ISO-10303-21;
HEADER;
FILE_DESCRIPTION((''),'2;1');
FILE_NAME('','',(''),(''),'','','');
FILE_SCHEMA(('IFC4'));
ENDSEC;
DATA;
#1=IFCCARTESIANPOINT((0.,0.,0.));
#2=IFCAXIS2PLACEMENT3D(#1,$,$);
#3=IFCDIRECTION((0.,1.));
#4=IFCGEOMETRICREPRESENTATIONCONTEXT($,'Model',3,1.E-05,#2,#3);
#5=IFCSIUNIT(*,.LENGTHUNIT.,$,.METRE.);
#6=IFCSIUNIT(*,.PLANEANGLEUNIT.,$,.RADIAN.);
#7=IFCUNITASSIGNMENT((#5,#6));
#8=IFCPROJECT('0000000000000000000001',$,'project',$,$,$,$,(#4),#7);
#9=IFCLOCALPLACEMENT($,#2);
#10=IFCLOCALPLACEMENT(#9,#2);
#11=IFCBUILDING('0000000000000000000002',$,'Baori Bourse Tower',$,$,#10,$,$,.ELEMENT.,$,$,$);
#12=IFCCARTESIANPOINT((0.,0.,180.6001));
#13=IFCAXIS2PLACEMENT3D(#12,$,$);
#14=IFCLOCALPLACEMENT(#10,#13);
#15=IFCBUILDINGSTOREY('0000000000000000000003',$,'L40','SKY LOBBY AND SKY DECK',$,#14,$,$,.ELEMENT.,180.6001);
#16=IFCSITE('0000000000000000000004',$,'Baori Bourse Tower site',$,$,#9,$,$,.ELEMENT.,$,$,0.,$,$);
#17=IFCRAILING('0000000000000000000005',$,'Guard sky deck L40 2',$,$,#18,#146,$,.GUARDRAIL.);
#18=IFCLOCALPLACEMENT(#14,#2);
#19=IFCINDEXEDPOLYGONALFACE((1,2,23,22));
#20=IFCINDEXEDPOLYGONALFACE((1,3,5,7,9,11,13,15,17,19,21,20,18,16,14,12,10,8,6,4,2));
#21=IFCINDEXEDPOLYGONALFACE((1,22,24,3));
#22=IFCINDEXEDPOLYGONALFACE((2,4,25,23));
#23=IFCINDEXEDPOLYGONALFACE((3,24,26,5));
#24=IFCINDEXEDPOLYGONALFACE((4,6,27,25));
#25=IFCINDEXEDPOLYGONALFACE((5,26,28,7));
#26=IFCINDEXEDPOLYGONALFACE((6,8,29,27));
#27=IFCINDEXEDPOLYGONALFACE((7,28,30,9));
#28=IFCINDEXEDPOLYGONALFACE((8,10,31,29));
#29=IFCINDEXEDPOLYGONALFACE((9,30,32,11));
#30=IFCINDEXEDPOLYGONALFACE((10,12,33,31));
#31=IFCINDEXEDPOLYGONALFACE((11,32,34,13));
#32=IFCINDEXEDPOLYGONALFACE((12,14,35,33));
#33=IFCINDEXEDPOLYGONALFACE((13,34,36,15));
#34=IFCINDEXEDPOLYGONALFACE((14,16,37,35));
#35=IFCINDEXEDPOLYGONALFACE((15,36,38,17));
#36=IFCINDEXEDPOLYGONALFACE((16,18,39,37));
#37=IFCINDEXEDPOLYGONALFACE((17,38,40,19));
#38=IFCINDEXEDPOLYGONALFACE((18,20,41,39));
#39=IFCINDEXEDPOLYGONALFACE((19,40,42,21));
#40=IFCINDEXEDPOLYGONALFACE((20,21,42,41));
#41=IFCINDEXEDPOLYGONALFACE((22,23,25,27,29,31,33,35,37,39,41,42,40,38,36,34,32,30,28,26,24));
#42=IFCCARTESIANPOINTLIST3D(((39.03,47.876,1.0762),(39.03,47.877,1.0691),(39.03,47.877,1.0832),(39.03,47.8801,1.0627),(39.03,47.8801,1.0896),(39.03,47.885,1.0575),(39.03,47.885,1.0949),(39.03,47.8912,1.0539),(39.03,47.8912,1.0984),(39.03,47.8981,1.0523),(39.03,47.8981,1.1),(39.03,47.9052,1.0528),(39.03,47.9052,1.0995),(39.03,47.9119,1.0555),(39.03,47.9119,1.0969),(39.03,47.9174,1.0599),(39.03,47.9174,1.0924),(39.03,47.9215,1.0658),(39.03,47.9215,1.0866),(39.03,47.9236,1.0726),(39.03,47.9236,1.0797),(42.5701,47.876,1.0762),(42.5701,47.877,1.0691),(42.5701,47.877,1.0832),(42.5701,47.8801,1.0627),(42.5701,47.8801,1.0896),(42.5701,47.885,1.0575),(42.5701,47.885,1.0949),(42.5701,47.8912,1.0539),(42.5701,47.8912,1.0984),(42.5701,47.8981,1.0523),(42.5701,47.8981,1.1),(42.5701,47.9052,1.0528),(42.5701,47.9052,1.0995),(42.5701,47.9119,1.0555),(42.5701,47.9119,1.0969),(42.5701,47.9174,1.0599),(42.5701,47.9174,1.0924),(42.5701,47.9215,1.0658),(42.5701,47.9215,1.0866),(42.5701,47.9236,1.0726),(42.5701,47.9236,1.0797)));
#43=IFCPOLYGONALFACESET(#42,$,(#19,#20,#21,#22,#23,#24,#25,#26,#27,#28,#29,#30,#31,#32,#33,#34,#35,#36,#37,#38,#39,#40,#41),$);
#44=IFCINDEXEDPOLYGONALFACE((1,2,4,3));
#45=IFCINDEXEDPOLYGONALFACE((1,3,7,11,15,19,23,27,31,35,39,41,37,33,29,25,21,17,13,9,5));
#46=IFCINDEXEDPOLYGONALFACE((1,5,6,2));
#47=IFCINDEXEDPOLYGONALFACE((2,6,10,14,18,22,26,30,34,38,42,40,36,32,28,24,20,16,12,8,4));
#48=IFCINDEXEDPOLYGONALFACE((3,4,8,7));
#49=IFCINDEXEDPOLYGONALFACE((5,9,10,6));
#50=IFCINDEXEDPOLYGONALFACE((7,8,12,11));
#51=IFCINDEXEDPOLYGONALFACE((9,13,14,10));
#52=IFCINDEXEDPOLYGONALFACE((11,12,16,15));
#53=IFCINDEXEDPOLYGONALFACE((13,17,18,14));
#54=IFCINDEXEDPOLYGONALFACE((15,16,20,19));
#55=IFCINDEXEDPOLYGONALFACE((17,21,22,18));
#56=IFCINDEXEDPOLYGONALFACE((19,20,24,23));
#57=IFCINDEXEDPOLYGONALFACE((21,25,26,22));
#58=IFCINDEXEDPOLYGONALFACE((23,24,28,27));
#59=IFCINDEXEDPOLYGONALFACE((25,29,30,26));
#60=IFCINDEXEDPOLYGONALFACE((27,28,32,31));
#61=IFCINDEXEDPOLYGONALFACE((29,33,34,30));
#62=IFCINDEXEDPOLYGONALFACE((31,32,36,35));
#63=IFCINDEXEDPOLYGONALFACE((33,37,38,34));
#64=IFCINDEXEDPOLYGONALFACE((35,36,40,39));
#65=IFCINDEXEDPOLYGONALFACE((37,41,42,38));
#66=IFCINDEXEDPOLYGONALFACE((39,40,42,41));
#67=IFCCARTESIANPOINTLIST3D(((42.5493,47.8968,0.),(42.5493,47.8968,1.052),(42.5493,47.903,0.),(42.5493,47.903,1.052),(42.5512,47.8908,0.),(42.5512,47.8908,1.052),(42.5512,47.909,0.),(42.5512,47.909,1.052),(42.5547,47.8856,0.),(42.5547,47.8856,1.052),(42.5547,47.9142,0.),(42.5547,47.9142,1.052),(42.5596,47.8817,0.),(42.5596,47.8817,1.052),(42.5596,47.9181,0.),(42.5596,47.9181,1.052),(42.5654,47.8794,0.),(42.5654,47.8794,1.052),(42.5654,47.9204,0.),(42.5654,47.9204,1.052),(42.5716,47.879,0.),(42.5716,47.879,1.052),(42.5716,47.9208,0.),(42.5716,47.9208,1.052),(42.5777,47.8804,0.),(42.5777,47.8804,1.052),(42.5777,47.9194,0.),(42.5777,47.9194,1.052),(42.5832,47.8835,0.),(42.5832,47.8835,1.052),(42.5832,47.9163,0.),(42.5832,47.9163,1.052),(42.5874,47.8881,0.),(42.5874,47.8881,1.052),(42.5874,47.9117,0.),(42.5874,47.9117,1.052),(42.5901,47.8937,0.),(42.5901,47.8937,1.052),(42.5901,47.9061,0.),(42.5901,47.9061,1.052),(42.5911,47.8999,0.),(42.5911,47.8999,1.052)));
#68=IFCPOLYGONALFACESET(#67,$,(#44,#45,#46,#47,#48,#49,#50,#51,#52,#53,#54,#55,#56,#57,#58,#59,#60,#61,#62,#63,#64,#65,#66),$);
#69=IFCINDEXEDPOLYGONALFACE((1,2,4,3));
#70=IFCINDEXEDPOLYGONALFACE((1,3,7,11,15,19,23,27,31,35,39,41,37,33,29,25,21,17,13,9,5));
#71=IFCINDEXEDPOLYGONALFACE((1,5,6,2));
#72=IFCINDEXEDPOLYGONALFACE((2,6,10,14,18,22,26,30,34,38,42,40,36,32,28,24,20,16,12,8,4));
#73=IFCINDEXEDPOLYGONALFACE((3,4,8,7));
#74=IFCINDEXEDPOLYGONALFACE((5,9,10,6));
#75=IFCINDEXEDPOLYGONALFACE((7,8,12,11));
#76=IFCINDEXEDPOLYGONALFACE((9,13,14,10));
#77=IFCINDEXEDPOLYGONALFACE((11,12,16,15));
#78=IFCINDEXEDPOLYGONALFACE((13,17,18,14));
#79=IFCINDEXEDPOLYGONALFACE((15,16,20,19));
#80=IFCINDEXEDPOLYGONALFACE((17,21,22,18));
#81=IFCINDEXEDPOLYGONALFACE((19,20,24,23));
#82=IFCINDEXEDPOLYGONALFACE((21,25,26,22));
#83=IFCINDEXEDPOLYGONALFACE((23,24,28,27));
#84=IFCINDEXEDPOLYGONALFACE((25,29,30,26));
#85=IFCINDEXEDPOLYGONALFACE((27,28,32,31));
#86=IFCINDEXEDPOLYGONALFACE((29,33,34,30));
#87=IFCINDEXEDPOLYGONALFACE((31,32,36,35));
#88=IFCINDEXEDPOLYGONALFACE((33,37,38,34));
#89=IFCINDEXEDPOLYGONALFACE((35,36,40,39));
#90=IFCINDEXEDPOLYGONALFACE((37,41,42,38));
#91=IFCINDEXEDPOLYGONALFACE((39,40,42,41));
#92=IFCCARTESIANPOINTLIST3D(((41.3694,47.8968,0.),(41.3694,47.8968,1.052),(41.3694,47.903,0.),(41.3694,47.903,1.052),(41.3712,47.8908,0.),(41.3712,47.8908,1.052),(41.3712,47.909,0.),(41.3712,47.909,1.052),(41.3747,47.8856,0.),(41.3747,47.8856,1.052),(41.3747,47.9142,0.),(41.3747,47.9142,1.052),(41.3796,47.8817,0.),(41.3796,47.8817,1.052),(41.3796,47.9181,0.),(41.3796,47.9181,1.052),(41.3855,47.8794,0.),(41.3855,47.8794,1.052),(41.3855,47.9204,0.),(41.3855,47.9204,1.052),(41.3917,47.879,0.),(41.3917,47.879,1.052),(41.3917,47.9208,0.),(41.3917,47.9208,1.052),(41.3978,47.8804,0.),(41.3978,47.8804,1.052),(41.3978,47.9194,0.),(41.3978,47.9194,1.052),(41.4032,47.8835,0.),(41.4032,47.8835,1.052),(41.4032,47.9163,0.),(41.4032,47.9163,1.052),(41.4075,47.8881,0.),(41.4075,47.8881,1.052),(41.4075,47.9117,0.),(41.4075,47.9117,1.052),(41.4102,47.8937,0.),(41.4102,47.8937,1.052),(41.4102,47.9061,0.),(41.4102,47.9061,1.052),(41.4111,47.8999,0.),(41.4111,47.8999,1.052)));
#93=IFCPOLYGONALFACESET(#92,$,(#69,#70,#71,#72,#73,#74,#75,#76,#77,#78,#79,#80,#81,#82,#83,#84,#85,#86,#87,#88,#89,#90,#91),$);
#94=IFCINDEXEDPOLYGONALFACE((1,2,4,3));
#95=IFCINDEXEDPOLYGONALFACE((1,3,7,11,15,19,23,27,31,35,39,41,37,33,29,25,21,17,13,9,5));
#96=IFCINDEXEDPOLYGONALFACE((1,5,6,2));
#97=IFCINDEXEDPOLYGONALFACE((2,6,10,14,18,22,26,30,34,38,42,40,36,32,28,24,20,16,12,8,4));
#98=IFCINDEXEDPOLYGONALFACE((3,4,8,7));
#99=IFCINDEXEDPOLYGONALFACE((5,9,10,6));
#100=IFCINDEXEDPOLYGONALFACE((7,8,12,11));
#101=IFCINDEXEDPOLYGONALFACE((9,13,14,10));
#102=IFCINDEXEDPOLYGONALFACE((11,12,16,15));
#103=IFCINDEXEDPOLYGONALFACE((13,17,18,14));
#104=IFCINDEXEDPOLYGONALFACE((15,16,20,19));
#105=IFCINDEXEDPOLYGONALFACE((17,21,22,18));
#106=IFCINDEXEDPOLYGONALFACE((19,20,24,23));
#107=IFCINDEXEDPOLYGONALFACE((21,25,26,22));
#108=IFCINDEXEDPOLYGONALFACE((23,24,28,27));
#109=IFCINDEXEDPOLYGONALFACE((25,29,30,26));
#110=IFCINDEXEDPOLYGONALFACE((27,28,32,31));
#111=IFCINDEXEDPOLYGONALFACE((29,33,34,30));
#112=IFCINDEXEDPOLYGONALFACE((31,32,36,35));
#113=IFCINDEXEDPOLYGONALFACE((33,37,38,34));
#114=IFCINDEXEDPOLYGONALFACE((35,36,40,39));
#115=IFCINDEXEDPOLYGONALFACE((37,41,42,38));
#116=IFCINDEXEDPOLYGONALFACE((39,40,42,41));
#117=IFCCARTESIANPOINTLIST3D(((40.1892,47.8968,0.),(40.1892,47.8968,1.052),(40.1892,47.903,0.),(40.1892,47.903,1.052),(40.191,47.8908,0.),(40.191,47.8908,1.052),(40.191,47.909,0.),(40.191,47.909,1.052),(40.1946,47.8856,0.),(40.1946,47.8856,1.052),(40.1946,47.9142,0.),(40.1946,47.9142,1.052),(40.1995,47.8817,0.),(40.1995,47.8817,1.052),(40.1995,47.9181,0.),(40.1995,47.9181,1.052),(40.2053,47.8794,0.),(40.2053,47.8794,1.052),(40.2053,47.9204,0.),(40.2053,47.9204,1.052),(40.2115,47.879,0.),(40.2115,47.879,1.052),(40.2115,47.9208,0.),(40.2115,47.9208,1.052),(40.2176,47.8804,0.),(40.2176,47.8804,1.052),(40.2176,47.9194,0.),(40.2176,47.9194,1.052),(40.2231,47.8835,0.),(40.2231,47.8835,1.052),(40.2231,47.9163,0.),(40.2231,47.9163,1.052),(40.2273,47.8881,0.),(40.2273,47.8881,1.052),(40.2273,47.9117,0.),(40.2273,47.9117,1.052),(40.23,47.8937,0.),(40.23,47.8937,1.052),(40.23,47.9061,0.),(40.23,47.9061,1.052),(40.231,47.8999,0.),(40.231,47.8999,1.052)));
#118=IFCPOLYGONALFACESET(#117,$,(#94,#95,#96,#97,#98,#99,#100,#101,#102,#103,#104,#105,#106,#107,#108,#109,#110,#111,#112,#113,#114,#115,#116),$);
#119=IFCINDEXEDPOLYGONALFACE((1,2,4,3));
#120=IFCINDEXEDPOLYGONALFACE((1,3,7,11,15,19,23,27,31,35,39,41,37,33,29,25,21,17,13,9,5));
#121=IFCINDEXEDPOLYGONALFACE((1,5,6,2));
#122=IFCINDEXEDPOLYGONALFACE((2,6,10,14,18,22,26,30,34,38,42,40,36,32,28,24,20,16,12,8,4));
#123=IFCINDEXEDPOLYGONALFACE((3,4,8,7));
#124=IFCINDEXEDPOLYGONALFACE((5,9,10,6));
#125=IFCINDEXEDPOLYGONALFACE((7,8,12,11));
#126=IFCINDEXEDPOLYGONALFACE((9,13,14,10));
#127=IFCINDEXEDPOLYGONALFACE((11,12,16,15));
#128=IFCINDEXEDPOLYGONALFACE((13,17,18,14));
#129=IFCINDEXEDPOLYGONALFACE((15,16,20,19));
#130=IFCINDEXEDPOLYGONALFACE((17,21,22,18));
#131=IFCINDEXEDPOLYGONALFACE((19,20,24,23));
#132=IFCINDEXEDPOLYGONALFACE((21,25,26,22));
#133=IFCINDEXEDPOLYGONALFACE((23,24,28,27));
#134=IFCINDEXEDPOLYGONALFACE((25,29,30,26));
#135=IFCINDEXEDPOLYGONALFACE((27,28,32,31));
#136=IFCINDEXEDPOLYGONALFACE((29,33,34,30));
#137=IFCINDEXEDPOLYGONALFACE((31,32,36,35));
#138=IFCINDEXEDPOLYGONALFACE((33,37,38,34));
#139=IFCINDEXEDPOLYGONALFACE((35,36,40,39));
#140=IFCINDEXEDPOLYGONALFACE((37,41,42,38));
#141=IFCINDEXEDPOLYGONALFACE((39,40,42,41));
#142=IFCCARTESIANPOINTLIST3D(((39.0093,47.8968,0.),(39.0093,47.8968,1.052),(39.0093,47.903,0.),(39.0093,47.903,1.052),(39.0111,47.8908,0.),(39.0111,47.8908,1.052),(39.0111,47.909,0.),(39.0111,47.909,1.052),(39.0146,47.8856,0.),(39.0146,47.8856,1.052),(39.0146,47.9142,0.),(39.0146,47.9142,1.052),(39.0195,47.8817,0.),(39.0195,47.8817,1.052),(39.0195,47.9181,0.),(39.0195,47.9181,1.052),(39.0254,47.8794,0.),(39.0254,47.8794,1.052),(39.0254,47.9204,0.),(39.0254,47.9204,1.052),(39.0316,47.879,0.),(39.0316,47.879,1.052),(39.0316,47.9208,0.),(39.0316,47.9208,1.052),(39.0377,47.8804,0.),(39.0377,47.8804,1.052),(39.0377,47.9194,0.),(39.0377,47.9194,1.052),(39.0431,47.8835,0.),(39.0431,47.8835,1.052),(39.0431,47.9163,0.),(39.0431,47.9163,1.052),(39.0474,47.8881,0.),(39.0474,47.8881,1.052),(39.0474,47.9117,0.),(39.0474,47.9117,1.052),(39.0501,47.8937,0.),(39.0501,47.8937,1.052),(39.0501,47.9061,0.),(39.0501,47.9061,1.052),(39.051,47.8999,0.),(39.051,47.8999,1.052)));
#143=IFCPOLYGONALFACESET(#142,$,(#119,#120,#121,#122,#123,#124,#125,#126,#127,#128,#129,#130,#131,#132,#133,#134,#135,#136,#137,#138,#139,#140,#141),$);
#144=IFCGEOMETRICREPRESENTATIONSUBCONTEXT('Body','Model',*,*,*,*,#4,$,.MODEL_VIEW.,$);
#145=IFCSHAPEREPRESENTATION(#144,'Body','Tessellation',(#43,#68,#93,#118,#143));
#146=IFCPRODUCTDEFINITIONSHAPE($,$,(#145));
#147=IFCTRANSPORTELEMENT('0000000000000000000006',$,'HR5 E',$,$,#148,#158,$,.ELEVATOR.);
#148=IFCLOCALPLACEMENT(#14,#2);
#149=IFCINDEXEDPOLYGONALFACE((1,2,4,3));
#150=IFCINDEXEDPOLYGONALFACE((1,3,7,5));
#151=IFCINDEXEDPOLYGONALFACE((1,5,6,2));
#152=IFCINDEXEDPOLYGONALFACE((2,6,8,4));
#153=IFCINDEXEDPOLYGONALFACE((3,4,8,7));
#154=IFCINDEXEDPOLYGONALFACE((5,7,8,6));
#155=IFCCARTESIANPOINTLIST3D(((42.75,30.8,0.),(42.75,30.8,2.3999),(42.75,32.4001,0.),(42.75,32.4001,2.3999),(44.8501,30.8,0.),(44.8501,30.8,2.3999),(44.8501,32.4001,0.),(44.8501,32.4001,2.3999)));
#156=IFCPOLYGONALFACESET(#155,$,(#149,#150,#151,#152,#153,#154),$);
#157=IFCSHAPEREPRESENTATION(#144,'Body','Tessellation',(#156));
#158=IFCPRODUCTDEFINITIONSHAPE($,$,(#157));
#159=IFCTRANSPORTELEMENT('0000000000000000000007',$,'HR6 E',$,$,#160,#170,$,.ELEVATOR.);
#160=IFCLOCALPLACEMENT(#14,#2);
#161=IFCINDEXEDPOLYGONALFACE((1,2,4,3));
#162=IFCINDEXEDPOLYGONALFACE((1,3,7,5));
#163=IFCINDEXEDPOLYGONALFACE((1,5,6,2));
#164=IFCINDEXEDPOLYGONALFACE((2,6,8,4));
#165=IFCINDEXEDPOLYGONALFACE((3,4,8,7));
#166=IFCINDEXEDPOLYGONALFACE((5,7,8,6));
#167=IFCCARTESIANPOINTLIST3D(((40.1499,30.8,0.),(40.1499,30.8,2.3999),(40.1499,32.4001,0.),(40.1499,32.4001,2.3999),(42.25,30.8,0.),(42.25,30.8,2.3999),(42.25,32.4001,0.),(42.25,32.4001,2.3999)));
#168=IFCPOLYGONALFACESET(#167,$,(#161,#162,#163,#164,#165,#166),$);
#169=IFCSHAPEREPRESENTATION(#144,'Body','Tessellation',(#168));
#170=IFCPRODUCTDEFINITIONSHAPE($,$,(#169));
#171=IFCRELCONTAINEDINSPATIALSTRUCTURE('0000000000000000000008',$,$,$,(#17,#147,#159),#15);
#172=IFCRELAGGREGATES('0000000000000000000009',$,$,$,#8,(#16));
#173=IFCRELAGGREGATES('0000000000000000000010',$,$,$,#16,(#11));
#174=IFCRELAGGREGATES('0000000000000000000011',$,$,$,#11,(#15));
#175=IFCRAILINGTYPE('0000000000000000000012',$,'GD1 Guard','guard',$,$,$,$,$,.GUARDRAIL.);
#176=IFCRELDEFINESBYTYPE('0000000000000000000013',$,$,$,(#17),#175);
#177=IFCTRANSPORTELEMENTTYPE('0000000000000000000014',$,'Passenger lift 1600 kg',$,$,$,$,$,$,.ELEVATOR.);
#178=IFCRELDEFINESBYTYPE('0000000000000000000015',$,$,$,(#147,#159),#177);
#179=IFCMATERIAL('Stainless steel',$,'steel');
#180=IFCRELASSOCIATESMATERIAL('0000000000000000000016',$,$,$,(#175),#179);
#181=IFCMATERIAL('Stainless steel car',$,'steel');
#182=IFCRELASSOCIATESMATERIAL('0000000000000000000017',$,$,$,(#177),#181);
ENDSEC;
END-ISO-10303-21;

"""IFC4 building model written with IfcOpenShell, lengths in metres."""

from ifc_helpers import new_model, si_unit, direction, frame, origin, origin_2d, place, context, subcontext, project, spatial, rectangle, circle, extrude, material, type_object, element, save


model = new_model("IFC4")

# Units and contexts
model_context = context("Model", 3, precision=1e-05, world=origin(), true_north=direction((0.0, 1.0)))
body_context = subcontext(model_context, "Body", "Model", "MODEL_VIEW")
ifc_project = project(units=[si_unit("LENGTHUNIT", "METRE"), si_unit("PLANEANGLEUNIT", "RADIAN")], contexts=[model_context])

# Site, building, storey
site_placement = place(None, origin())
site = spatial("IfcSite", under=ifc_project, at=site_placement, Name="Baori Bourse Tower site", CompositionType="ELEMENT", RefElevation=0.0)
building_placement = place(site_placement, origin())
building = spatial("IfcBuilding", under=site, at=building_placement, Name="Baori Bourse Tower", CompositionType="ELEMENT")
storey_placement = place(building_placement, frame((0.0, 0.0, 180.6001)))
storey = spatial("IfcBuildingStorey", under=building, at=storey_placement, Name="L40", Description="SKY LOBBY AND SKY DECK", CompositionType="ELEMENT", Elevation=180.6001)

# Railing
ifc_material_1 = material(Name="Stainless steel", Category="steel")
railing_type_1 = type_object("IfcRailingType", Name="GD1 Guard", Description="guard", PredefinedType="GUARDRAIL", material=ifc_material_1)
railing_1_placement = place(storey_placement, frame((42.5701, 47.8999, 0.0)))
element("IfcRailing", 1, at=railing_1_placement, inside=storey, type_object=railing_type_1, Name="Guard sky deck L40 2", PredefinedType="GUARDRAIL", context=body_context, shape_type="SweptSolid", body=[
    extrude(circle(Radius=0.0239, at=origin_2d()), frame((0.0, 0.0, 1.0762), z_axis=(-1.0, 0.0, 0.0), x_axis=(0.0, -1.0, 0.0)), (0.0, 0.0, 1.0), 3.54),
    extrude(circle(Radius=0.021, at=origin_2d()), origin(), (0.0, 0.0, 1.0), 1.052),
    extrude(circle(Radius=0.021, at=origin_2d()), frame((-1.1799, 0.0, 0.0)), (0.0, 0.0, 1.0), 1.052),
    extrude(circle(Radius=0.021, at=origin_2d()), frame((-2.3601, 0.0, 0.0)), (0.0, 0.0, 1.0), 1.052),
    extrude(circle(Radius=0.021, at=origin_2d()), frame((-3.54, 0.0, 0.0)), (0.0, 0.0, 1.0), 1.052),
])

# Transport elements
ifc_material_2 = material(Name="Stainless steel car", Category="steel")
transport_element_type = type_object("IfcTransportElementType", Name="Passenger lift 1600 kg", PredefinedType="ELEVATOR", material=ifc_material_2)
for number, where, z_axis, x_axis, name in (
    (2, (43.8, 31.6001, 0.0), (0.0, 0.0, 1.0), (1.0, 0.0, 0.0), "HR5 E"),
    (3, (41.2, 31.6001, 0.0), (0.0, 0.0, 1.0), (1.0, 0.0, 0.0), "HR6 E"),
):
    element("IfcTransportElement", number, at=place(storey_placement, frame(where, z_axis=z_axis, x_axis=x_axis)), inside=storey, type_object=transport_element_type, Name=name, PredefinedType="ELEVATOR", context=body_context, shape_type="SweptSolid", body=[
        extrude(rectangle(XDim=2.1001, YDim=1.6001, at=origin_2d()), origin(), (0.0, 0.0, 1.0), 2.3999),
    ])

save(model, "model.ifc")
